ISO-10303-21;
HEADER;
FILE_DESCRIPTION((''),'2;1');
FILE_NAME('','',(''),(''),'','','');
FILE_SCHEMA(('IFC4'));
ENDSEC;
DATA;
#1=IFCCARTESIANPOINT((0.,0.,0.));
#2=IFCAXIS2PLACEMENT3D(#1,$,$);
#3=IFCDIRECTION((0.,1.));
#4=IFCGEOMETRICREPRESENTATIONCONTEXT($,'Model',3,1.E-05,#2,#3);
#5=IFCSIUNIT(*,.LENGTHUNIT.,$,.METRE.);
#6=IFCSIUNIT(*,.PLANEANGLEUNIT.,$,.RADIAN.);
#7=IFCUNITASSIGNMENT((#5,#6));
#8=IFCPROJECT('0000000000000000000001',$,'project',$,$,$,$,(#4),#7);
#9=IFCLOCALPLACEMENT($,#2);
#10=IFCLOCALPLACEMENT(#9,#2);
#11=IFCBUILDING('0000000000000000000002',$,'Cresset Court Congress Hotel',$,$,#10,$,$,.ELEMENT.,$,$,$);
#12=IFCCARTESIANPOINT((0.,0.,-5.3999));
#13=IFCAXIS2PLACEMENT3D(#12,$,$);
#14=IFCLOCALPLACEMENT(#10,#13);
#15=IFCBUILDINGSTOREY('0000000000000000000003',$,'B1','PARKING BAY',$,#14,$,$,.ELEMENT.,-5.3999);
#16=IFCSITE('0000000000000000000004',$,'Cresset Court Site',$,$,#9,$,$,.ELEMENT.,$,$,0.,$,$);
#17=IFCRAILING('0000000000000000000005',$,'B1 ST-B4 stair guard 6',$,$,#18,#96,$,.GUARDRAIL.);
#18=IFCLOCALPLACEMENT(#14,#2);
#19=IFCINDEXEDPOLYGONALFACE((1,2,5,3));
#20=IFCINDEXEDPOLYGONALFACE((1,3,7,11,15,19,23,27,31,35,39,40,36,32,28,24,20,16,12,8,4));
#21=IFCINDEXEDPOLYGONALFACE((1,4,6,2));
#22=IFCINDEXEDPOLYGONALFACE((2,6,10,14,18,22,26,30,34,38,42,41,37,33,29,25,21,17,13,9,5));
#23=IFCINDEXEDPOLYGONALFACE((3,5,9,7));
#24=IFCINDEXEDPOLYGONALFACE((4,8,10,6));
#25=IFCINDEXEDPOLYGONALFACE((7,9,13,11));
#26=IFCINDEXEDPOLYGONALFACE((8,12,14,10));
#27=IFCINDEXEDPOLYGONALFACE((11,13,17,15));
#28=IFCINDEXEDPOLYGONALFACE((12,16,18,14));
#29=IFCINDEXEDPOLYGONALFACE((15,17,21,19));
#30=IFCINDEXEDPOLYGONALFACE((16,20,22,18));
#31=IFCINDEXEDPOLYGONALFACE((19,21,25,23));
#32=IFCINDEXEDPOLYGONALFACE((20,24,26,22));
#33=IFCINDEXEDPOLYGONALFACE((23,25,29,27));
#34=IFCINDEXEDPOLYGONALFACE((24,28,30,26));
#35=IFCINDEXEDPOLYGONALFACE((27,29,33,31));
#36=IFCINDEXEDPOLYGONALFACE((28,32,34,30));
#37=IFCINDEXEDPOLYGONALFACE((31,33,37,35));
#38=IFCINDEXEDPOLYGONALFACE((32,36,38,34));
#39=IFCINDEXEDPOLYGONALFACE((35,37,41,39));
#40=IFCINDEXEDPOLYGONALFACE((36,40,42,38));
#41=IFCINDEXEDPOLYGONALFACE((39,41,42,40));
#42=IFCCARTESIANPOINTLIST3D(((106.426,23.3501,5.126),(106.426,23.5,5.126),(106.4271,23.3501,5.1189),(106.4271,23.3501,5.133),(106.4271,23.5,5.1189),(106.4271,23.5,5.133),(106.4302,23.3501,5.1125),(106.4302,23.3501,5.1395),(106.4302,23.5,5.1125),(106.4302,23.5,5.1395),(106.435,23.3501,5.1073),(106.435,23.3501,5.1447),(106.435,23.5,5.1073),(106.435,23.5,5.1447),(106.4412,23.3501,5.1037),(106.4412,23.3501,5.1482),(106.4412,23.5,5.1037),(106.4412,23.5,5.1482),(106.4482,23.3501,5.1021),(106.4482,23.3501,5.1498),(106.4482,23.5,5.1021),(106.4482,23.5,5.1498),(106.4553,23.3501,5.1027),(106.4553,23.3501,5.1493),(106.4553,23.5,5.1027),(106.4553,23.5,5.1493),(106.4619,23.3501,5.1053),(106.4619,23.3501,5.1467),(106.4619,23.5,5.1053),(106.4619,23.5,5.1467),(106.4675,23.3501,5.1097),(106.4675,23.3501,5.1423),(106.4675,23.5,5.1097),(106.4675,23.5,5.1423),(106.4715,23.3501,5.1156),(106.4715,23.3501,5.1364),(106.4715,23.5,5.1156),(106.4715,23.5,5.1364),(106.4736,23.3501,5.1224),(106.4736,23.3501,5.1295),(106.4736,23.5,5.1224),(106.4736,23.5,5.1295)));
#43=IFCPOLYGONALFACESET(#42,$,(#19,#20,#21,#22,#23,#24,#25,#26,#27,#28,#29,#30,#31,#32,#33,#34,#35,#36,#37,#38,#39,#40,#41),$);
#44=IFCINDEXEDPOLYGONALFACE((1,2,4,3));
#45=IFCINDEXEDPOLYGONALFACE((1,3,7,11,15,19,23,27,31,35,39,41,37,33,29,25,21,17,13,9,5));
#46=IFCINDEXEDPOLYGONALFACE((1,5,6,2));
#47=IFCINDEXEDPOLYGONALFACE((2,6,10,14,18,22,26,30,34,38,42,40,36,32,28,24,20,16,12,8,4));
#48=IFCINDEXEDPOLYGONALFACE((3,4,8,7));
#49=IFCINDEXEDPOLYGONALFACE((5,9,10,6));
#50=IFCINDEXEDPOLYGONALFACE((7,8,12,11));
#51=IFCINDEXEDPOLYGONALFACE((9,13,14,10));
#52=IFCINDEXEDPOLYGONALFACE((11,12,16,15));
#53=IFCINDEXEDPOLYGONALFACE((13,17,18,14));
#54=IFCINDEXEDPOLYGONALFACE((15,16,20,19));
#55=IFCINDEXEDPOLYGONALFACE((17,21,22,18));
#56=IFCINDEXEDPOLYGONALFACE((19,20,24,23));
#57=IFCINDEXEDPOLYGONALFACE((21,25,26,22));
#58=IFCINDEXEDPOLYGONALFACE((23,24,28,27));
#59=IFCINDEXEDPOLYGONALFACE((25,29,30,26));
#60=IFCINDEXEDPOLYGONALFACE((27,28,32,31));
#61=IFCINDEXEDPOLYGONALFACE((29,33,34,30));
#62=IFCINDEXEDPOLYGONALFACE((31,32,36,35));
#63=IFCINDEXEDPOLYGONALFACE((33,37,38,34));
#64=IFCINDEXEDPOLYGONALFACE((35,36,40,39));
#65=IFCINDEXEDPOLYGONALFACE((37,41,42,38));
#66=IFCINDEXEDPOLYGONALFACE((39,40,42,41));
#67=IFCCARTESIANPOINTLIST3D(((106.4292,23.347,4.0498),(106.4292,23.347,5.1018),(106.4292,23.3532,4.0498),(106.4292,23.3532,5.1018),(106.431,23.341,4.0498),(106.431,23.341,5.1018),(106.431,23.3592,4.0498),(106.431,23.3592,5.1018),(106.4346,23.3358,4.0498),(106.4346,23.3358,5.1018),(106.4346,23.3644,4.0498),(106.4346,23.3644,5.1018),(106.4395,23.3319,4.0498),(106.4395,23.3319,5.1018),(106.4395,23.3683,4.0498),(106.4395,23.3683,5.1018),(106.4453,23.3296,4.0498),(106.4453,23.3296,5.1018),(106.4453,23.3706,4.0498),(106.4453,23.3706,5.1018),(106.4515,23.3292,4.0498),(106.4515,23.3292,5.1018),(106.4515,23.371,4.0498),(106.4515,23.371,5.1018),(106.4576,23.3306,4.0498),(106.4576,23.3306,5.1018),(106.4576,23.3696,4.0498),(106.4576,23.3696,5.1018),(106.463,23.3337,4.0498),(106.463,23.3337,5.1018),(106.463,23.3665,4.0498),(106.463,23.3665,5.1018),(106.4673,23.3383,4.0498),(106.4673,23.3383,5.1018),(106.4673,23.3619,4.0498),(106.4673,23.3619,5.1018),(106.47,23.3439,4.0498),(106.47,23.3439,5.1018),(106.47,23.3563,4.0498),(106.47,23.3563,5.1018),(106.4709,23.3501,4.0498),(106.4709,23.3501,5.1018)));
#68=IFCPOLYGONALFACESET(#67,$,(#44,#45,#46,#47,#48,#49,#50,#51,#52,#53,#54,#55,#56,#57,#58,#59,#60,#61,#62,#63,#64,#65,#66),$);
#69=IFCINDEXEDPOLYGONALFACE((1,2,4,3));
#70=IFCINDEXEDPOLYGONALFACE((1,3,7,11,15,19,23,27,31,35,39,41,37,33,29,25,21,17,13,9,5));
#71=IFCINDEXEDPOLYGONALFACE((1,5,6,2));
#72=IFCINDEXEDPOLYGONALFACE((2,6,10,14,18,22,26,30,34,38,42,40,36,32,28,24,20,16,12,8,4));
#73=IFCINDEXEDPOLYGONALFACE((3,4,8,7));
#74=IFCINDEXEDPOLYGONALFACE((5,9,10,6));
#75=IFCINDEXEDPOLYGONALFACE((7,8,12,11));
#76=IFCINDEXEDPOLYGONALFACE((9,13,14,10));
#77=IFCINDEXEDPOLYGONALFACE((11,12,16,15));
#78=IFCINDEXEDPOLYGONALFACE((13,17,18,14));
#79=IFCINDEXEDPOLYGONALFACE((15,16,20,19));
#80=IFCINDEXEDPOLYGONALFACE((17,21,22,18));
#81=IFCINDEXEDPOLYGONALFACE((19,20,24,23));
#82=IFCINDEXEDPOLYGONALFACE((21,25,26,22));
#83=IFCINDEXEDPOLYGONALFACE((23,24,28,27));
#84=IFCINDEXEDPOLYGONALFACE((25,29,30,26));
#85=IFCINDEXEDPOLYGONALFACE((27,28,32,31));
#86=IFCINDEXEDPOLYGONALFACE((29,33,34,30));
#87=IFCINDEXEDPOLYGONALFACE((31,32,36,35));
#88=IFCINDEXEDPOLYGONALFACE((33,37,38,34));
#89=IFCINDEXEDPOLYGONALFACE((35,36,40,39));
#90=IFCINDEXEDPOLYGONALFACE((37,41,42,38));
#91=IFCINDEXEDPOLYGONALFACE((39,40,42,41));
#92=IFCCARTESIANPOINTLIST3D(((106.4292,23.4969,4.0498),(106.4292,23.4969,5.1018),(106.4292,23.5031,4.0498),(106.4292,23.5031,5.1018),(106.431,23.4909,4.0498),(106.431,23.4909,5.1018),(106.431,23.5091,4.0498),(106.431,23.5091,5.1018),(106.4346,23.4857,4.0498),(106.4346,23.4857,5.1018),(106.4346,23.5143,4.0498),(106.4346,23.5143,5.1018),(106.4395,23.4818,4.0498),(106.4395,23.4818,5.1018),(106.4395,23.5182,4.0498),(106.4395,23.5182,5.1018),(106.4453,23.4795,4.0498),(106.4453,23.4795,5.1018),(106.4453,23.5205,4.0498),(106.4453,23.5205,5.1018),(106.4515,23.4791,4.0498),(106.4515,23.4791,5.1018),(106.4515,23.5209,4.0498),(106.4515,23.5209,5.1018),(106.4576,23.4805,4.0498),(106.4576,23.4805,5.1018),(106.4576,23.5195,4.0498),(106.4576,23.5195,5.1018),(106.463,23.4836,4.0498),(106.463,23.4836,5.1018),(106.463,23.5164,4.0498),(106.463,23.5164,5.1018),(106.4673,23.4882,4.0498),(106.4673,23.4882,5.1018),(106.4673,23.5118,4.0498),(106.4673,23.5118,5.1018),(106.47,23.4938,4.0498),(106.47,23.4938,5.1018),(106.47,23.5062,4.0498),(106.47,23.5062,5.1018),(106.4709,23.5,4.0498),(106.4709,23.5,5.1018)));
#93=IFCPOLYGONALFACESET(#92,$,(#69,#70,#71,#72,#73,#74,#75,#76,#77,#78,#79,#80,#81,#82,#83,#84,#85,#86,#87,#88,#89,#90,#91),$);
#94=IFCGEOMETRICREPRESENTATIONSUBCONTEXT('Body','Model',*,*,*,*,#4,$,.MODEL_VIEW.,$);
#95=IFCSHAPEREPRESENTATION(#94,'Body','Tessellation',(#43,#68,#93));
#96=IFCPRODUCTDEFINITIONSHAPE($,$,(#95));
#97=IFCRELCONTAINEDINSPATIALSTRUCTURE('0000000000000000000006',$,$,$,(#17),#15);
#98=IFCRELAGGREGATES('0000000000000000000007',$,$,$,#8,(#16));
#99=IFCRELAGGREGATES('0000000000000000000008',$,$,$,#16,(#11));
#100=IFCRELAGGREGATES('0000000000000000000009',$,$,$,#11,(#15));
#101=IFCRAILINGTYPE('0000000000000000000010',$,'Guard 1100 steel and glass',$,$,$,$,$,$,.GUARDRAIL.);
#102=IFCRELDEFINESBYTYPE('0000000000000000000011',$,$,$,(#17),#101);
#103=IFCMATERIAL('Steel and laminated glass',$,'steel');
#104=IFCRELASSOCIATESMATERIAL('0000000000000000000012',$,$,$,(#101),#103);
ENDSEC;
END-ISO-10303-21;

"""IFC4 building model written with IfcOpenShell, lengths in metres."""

from ifc_helpers import new_model, si_unit, direction, frame, origin, origin_2d, place, context, subcontext, project, spatial, circle, extrude, material, type_object, element, save


model = new_model("IFC4")

# Units and contexts
model_context = context("Model", 3, precision=1e-05, world=origin(), true_north=direction((0.0, 1.0)))
body_context = subcontext(model_context, "Body", "Model", "MODEL_VIEW")
ifc_project = project(units=[si_unit("LENGTHUNIT", "METRE"), si_unit("PLANEANGLEUNIT", "RADIAN")], contexts=[model_context])

# Site, building, storey
site_placement = place(None, origin())
site = spatial("IfcSite", under=ifc_project, at=site_placement, Name="Cresset Court Site", CompositionType="ELEMENT", RefElevation=0.0)
building_placement = place(site_placement, origin())
building = spatial("IfcBuilding", under=site, at=building_placement, Name="Cresset Court Congress Hotel", CompositionType="ELEMENT")
storey_placement = place(building_placement, frame((0.0, 0.0, -5.3999)))
storey = spatial("IfcBuildingStorey", under=building, at=storey_placement, Name="B1", Description="PARKING BAY", CompositionType="ELEMENT", Elevation=-5.3999)

# Railing
ifc_material_1 = material(Name="Steel and laminated glass", Category="steel")
railing_type_1 = type_object("IfcRailingType", Name="Guard 1100 steel and glass", PredefinedType="GUARDRAIL", material=ifc_material_1)
railing_1_placement = place(storey_placement, frame((106.45, 23.3501, 4.0498)))
element("IfcRailing", 1, at=railing_1_placement, inside=storey, type_object=railing_type_1, Name="B1 ST-B4 stair guard 6", PredefinedType="GUARDRAIL", context=body_context, shape_type="SweptSolid", body=[
    extrude(circle(Radius=0.0239, at=origin_2d()), frame((0.0, 0.0, 1.0762), z_axis=(0.0, 1.0, 0.0), x_axis=(-1.0, 0.0, 0.0)), (0.0, 0.0, 1.0), 0.1499),
    extrude(circle(Radius=0.021, at=origin_2d()), origin(), (0.0, 0.0, 1.0), 1.052),
    extrude(circle(Radius=0.021, at=origin_2d()), frame((0.0, 0.1499, 0.0)), (0.0, 0.0, 1.0), 1.052),
])

save(model, "model.ifc")
